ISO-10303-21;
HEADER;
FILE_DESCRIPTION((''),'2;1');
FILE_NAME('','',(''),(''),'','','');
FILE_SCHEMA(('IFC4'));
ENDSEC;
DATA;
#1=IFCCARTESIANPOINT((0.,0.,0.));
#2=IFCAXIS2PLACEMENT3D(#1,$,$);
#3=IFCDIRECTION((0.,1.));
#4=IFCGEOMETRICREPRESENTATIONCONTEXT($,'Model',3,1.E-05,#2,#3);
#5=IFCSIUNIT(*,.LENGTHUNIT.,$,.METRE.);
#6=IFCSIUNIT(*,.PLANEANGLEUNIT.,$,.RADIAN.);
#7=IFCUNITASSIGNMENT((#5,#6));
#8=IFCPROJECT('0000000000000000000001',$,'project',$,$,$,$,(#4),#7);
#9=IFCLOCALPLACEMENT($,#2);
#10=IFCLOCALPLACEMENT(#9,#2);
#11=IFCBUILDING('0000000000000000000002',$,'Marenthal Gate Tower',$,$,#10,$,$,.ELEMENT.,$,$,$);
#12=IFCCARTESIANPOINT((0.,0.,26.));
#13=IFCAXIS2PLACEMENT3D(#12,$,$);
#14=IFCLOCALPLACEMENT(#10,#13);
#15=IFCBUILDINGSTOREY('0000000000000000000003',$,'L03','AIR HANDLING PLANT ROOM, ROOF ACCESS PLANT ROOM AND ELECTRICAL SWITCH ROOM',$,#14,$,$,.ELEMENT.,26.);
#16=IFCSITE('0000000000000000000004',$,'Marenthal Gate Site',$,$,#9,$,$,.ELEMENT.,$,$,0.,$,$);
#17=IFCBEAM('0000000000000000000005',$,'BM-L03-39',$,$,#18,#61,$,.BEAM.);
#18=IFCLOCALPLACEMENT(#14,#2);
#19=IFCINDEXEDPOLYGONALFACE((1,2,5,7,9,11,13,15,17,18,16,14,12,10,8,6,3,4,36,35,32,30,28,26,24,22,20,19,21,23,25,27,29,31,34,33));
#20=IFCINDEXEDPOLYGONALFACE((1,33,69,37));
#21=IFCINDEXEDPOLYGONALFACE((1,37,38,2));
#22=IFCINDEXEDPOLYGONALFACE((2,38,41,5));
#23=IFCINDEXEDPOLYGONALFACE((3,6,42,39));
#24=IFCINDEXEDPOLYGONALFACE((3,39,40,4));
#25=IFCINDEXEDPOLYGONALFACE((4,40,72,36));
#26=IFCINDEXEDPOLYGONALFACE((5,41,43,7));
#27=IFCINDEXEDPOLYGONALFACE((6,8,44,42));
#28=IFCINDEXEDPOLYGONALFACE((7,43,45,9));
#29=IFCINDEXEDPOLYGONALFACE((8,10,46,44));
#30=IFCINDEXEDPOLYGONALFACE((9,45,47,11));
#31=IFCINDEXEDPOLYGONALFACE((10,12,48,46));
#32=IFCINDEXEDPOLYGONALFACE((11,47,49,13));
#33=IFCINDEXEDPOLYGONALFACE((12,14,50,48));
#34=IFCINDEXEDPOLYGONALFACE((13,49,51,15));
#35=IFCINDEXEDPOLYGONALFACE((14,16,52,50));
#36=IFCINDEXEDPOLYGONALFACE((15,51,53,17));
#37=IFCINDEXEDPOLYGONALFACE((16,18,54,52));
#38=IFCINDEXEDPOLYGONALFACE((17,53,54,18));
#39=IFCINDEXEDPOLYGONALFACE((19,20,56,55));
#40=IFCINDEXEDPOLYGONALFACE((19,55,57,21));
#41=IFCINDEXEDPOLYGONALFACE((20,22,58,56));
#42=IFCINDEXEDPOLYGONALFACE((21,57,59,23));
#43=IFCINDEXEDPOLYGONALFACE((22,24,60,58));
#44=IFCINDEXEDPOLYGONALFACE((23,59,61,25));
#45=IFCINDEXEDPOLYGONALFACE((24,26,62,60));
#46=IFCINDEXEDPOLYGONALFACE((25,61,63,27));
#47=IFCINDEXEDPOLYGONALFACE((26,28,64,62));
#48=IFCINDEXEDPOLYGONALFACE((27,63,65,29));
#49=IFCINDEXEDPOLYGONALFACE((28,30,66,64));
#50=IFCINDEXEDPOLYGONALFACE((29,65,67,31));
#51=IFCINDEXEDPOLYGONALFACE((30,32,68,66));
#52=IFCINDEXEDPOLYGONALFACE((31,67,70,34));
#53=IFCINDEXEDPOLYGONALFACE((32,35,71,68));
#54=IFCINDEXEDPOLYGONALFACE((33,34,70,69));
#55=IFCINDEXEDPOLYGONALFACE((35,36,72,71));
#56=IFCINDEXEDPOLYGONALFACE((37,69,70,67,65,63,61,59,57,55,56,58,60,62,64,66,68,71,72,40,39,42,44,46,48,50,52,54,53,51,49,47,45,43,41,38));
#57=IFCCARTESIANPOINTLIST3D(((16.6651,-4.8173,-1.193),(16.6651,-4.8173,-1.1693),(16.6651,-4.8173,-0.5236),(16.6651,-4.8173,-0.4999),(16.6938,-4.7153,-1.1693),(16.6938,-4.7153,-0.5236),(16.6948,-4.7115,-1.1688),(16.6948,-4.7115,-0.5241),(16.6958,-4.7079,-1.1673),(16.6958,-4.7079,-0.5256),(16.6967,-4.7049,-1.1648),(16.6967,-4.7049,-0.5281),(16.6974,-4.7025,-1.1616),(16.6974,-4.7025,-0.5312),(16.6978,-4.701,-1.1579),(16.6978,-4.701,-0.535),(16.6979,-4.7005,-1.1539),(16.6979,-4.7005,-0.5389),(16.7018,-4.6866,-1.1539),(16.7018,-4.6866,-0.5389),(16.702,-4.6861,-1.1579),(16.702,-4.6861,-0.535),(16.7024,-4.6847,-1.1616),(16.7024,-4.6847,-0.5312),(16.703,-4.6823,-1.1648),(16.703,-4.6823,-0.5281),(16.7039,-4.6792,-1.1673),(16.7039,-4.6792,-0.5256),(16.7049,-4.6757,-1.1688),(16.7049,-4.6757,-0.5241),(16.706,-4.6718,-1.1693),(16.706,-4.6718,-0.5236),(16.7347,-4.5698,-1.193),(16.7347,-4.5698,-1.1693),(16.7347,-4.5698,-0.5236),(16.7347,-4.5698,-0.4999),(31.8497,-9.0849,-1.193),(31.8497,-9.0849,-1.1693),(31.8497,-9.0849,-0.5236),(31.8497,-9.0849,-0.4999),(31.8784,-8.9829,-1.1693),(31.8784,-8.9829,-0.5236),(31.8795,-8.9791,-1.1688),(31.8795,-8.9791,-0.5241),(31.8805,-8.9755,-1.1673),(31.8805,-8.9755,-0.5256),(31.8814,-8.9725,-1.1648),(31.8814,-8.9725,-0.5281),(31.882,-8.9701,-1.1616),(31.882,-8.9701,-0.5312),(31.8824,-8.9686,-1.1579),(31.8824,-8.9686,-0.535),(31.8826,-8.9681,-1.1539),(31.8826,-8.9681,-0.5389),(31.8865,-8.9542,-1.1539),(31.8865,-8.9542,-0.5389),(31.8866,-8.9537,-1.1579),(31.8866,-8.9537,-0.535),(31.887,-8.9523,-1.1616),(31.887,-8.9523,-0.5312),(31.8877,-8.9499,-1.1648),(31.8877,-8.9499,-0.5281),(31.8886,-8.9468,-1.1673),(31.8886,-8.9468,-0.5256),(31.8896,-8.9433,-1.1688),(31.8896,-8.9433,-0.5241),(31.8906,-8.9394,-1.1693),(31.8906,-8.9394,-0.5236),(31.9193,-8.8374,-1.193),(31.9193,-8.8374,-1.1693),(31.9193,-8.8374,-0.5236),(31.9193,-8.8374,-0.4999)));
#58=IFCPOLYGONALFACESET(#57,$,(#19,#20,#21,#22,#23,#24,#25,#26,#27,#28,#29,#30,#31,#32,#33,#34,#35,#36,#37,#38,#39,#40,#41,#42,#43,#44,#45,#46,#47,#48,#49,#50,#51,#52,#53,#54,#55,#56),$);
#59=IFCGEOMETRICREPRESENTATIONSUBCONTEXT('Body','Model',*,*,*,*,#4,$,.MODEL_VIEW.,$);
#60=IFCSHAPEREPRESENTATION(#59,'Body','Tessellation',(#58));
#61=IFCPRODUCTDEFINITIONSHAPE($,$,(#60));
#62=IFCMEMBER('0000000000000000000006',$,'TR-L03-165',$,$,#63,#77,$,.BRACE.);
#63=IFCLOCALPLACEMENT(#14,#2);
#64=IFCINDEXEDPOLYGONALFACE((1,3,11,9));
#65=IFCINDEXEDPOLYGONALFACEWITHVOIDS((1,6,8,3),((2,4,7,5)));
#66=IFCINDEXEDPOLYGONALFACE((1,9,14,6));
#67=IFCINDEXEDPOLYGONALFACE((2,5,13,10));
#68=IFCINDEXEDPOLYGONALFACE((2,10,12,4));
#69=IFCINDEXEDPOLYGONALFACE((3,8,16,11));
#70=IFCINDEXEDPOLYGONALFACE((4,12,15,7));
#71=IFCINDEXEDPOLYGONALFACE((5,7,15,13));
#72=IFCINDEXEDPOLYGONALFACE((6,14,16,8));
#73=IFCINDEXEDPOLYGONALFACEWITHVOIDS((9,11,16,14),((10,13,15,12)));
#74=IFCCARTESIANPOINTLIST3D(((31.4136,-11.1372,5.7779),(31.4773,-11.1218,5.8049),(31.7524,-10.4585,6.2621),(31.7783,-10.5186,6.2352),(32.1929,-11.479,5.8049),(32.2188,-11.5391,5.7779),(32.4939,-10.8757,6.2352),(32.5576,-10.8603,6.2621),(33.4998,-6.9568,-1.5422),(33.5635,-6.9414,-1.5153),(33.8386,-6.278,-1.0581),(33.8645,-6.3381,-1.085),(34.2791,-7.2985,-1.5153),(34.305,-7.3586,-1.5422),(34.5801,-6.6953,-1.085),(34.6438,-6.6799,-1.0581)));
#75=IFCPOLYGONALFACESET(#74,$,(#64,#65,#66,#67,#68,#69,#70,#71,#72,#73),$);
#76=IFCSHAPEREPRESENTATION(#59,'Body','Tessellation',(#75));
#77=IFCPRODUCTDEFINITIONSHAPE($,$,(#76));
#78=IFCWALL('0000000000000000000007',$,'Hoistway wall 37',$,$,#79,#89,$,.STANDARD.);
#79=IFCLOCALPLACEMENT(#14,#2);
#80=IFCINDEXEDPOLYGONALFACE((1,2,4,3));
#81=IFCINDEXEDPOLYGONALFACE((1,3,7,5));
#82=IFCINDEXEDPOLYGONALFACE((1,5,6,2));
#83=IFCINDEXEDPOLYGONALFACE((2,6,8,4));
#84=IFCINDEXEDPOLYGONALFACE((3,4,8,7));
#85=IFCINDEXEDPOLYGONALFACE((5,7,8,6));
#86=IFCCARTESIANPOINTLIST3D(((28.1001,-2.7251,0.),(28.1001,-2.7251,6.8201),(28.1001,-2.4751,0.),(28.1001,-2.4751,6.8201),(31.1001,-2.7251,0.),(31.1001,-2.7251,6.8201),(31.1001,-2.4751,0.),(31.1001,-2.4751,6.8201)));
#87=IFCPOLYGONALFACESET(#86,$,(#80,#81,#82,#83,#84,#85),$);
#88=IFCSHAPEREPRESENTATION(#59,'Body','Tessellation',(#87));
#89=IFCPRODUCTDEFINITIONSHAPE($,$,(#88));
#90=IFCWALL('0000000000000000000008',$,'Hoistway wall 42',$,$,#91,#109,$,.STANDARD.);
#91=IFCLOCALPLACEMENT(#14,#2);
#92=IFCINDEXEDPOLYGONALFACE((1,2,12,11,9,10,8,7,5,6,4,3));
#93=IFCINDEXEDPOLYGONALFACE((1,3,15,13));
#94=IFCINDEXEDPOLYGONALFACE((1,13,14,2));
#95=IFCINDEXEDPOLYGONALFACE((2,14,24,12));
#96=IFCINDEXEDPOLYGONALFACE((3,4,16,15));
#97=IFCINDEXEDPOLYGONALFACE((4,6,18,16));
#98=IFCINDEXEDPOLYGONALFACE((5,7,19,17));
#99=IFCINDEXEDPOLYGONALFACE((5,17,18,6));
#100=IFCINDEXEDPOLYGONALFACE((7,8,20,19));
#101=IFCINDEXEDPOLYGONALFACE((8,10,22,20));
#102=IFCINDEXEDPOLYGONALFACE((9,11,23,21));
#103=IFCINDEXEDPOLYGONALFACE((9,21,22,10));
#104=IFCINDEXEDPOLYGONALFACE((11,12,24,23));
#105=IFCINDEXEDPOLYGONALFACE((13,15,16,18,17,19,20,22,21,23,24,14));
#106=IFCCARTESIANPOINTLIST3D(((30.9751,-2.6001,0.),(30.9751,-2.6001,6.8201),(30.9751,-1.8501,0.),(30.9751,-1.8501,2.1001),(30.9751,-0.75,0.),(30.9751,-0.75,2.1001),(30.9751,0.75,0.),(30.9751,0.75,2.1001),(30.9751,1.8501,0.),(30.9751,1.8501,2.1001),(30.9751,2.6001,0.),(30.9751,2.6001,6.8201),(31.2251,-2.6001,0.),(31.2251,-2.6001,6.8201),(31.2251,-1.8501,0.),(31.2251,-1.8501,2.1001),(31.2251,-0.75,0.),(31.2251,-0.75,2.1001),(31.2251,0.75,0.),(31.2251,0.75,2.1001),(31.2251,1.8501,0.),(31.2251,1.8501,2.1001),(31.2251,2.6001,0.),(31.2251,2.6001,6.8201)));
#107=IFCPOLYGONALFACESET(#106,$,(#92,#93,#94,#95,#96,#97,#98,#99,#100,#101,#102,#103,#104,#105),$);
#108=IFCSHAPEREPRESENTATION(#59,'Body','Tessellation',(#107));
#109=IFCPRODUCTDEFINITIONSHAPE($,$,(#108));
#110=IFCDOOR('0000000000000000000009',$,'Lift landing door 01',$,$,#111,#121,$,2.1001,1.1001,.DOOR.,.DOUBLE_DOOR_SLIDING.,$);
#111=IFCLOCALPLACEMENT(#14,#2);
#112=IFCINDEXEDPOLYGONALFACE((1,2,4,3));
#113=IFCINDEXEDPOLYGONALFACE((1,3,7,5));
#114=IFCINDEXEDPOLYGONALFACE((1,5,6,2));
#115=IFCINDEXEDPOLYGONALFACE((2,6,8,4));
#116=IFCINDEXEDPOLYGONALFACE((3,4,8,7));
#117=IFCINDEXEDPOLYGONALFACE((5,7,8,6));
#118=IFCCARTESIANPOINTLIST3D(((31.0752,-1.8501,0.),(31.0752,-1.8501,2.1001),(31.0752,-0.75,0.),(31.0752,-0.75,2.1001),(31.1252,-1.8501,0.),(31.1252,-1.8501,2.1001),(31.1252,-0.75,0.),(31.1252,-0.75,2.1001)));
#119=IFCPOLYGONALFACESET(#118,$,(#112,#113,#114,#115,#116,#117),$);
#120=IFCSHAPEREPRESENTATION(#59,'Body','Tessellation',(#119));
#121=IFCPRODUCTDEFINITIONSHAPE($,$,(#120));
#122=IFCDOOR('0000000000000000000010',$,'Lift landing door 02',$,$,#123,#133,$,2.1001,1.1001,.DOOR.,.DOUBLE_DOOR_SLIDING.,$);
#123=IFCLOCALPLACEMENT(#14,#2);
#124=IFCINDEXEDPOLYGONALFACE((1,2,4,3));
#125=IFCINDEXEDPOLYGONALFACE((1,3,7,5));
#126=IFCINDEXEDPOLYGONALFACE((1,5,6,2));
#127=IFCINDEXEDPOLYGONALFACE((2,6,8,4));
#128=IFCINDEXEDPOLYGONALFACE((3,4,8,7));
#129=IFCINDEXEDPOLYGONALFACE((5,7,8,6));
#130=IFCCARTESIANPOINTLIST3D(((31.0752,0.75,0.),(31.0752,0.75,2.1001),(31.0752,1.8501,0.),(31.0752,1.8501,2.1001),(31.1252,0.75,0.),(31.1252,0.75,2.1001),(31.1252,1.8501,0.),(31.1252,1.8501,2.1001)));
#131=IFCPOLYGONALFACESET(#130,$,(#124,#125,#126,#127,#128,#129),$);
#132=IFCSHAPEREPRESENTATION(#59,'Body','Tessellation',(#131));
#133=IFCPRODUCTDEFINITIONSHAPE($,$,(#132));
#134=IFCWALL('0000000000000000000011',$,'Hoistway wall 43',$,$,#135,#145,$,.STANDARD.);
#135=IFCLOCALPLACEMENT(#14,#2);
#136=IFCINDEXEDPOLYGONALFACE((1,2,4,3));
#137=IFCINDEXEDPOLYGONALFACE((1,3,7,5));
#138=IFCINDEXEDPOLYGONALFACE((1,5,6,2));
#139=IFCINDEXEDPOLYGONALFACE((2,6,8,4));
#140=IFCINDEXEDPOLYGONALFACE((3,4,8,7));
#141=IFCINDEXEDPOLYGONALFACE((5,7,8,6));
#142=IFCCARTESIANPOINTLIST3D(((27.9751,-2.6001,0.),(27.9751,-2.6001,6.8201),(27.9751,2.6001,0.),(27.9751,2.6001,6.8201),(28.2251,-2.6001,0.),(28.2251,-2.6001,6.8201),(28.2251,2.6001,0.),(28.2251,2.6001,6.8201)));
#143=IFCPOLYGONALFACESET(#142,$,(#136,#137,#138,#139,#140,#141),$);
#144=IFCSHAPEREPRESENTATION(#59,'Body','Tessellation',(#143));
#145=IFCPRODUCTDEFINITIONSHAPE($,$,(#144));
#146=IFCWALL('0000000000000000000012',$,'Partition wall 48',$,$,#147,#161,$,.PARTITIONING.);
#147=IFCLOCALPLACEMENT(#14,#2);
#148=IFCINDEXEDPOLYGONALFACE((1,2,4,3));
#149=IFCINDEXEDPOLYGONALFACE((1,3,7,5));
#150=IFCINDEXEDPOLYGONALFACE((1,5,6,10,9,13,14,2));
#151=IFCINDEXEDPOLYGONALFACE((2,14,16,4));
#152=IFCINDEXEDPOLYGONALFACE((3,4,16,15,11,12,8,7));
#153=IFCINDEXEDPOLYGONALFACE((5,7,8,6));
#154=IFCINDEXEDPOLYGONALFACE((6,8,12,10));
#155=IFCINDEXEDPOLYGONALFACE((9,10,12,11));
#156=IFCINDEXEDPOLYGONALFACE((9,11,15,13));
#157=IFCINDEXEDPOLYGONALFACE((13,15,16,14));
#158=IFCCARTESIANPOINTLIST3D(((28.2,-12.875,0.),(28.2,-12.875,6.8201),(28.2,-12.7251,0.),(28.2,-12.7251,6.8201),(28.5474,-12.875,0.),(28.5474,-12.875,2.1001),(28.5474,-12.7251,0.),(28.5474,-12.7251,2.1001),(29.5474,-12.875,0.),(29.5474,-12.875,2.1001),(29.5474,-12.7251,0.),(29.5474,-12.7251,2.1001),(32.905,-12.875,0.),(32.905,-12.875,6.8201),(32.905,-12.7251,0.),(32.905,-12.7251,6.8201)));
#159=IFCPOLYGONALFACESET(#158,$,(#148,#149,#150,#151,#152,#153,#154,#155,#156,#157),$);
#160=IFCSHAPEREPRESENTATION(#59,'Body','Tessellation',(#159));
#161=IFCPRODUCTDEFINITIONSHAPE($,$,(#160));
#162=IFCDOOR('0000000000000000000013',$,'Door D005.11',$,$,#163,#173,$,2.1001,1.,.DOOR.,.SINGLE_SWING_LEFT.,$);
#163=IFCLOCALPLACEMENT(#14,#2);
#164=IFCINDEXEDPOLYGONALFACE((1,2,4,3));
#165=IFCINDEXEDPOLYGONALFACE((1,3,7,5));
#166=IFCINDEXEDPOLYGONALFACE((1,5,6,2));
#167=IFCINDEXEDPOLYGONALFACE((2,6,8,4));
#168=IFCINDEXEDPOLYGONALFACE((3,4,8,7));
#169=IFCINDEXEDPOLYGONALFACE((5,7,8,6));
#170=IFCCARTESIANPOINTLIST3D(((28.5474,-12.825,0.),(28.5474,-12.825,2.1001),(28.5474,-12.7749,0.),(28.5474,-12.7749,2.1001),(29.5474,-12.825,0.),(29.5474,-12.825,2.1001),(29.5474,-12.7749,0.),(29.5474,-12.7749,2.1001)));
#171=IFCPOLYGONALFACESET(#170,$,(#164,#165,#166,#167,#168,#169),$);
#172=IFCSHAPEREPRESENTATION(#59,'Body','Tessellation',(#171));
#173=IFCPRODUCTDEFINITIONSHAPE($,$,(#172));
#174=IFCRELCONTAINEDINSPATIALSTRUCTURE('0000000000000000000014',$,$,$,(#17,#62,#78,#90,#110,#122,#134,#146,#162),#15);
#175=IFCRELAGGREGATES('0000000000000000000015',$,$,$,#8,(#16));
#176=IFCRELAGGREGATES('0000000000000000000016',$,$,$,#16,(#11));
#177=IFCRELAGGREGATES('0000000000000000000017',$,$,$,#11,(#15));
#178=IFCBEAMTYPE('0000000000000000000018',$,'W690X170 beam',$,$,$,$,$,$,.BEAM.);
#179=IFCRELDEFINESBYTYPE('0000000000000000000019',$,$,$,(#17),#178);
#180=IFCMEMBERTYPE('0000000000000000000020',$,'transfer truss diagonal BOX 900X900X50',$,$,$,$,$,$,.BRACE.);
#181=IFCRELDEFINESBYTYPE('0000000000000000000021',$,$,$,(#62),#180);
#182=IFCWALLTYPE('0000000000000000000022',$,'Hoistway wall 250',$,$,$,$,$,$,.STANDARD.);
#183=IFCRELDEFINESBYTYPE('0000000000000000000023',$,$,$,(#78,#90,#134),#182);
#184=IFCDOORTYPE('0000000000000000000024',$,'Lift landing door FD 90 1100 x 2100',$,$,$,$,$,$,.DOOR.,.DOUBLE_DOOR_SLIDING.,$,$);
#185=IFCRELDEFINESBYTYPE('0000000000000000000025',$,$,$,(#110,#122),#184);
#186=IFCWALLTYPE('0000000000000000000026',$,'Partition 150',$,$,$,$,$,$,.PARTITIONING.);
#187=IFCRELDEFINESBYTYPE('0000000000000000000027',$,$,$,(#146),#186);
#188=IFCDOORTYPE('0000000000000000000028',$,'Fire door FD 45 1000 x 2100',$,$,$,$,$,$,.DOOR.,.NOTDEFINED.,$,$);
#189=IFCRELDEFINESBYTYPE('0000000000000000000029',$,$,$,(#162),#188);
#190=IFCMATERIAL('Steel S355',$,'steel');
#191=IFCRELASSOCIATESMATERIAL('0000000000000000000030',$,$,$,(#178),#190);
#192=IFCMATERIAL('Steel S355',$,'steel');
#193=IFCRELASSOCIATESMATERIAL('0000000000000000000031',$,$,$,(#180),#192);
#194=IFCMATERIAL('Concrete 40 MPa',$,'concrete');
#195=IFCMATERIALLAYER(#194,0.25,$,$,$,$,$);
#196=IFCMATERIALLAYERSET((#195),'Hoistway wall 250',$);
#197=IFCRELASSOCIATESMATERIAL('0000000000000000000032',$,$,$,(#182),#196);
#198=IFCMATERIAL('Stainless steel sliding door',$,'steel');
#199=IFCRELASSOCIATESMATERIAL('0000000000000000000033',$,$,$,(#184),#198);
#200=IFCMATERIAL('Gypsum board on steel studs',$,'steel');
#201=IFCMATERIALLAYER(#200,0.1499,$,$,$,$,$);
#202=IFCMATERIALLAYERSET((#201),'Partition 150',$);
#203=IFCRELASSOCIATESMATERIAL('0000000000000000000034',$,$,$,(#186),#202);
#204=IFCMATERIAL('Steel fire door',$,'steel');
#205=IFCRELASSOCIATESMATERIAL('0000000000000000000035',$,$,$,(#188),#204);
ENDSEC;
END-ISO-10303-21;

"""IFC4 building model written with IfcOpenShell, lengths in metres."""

from ifc_helpers import new_model, si_unit, direction, frame, frame_2d, origin, origin_2d, place, context, subcontext, project, spatial, rectangle, hollow_rectangle, i_section, extrude, material, layer, layer_set, material_profile, profile_set, type_object, element, fill, save


model = new_model("IFC4")

# Units and contexts
model_context = context("Model", 3, precision=1e-05, world=origin(), true_north=direction((0.0, 1.0)))
body_context = subcontext(model_context, "Body", "Model", "MODEL_VIEW")
ifc_project = project(units=[si_unit("LENGTHUNIT", "METRE"), si_unit("PLANEANGLEUNIT", "RADIAN")], contexts=[model_context])

# Site, building, storey
site_placement = place(None, origin())
site = spatial("IfcSite", under=ifc_project, at=site_placement, Name="Marenthal Gate Site", CompositionType="ELEMENT", RefElevation=0.0)
building_placement = place(site_placement, origin())
building = spatial("IfcBuilding", under=site, at=building_placement, Name="Marenthal Gate Tower", CompositionType="ELEMENT")
storey_placement = place(building_placement, frame((0.0, 0.0, 26.0)))
storey = spatial("IfcBuildingStorey", under=building, at=storey_placement, Name="L03", Description="AIR HANDLING PLANT ROOM, ROOF ACCESS PLANT ROOM AND ELECTRICAL SWITCH ROOM", CompositionType="ELEMENT", Elevation=26.0)

# Beam
ifc_material_1 = material(Name="Steel S355", Category="steel")
ifc_material_profile_1 = material_profile(ifc_material_1, i_section(OverallWidth=0.2571, OverallDepth=0.6931, WebThickness=0.0144, FlangeThickness=0.0237, FilletRadius=0.0154, at=origin_2d()), Name="W690X170")
ifc_profile_set_1 = profile_set([ifc_material_profile_1], Name="Steel S355")
beam_type_1 = type_object("IfcBeamType", Name="W690X170 beam", PredefinedType="BEAM", material=ifc_profile_set_1)
beam_1_placement = place(storey_placement, frame((31.8845, -8.9612, -0.8464), z_axis=(-0.962702, 0.270564, 0.0), x_axis=(-0.270564, -0.962702, 0.0)))
element("IfcBeam", 1, at=beam_1_placement, inside=storey, type_object=beam_type_1, Name="BM-L03-39", PredefinedType="BEAM", context=body_context, shape_type="SweptSolid", body=[
    extrude(i_section(OverallWidth=0.2571, OverallDepth=0.6931, WebThickness=0.0144, FlangeThickness=0.0237, FilletRadius=0.0154, at=origin_2d()), origin(), (0.0, 0.0, 1.0), 15.7729),
])

# Member
ifc_material_2 = material(Name="Steel S355", Category="steel")
ifc_material_profile_2 = material_profile(ifc_material_2, hollow_rectangle(XDim=0.8999, YDim=0.8999, WallThickness=0.05, at=origin_2d()), Name="BOX 900X900X50")
ifc_profile_set_2 = profile_set([ifc_material_profile_2], Name="Steel S355")
member_type = type_object("IfcMemberType", Name="transfer truss diagonal BOX 900X900X50", PredefinedType="BRACE", material=ifc_profile_set_2)
member_placement = place(storey_placement, frame((31.9856, -10.9988, 6.02), z_axis=(0.240233, 0.481395, -0.84294), x_axis=(-0.894772, 0.446524, 0.0)))
element("IfcMember", 2, at=member_placement, inside=storey, type_object=member_type, Name="TR-L03-165", PredefinedType="BRACE", context=body_context, shape_type="SweptSolid", body=[
    extrude(hollow_rectangle(XDim=0.8999, YDim=0.8999, WallThickness=0.05, at=origin_2d()), origin(), (0.0, 0.0, 1.0), 8.6841),
])

# Wall
ifc_material_3 = material(Name="Concrete 40 MPa", Category="concrete")
ifc_layer_1 = layer(ifc_material_3, 0.25)
ifc_layer_set_1 = layer_set([ifc_layer_1], Name="Hoistway wall 250")
wall_type_1 = type_object("IfcWallType", Name="Hoistway wall 250", PredefinedType="STANDARD", material=ifc_layer_set_1)
wall_1_placement = place(storey_placement, frame((28.1001, -2.6001, 0.0), z_axis=(0.0, 0.0, 1.0), x_axis=(1.0, 0.0, 0.0)))
element("IfcWall", 3, at=wall_1_placement, inside=storey, type_object=wall_type_1, Name="Hoistway wall 37", PredefinedType="STANDARD", context=body_context, shape_type="SweptSolid", body=[
    extrude(rectangle(XDim=3.0, YDim=0.25, at=frame_2d((1.5, 0.0))), origin(), (0.0, 0.0, 1.0), 6.8201),
])

# Wall, openings, doors
wall_2_placement = place(storey_placement, frame((31.1001, -2.6001, 0.0), z_axis=(0.0, 0.0, 1.0), x_axis=(0.0, 1.0, 0.0)))
wall_2 = element("IfcWall", 4, at=wall_2_placement, inside=storey, type_object=wall_type_1, Name="Hoistway wall 42", PredefinedType="STANDARD", context=body_context, shape_type="SweptSolid", body=[
    extrude(rectangle(XDim=5.2002, YDim=0.25, at=frame_2d((2.6001, 0.0))), origin(), (0.0, 0.0, 1.0), 6.8201),
])
opening_1_placement = place(wall_2_placement, frame((0.75, 0.0, 0.0)))
opening_1 = element("IfcOpeningElement", 5, at=opening_1_placement, cuts=wall_2, PredefinedType="OPENING", context=body_context, shape_type="SweptSolid", body=[
    extrude(rectangle(XDim=1.1001, YDim=2.1001, at=frame_2d((0.55, 1.05))), frame((0.0, 0.135, 0.0), z_axis=(0.0, -1.0, 0.0), x_axis=(1.0, 0.0, 0.0)), (0.0, 0.0, 1.0), 0.27),
])
opening_2_placement = place(wall_2_placement, frame((3.3501, 0.0, 0.0)))
opening_2 = element("IfcOpeningElement", 6, at=opening_2_placement, cuts=wall_2, PredefinedType="OPENING", context=body_context, shape_type="SweptSolid", body=[
    extrude(rectangle(XDim=1.1001, YDim=2.1001, at=frame_2d((0.55, 1.05))), frame((0.0, 0.135, 0.0), z_axis=(0.0, -1.0, 0.0), x_axis=(1.0, 0.0, 0.0)), (0.0, 0.0, 1.0), 0.27),
])
ifc_material_4 = material(Name="Stainless steel sliding door", Category="steel")
door_type_1 = type_object("IfcDoorType", Name="Lift landing door FD 90 1100 x 2100", OperationType="DOUBLE_DOOR_SLIDING", PredefinedType="DOOR", material=ifc_material_4)
door_1_placement = place(opening_1_placement, origin())
door_1 = element("IfcDoor", 7, at=door_1_placement, inside=storey, type_object=door_type_1, Name="Lift landing door 01", OperationType="DOUBLE_DOOR_SLIDING", OverallHeight=2.1001, OverallWidth=1.1001, PredefinedType="DOOR", context=body_context, shape_type="SweptSolid", body=[
    extrude(rectangle(XDim=1.1001, YDim=2.1001, at=frame_2d((0.55, 1.05))), frame((0.0, 0.0249, 0.0), z_axis=(0.0, -1.0, 0.0), x_axis=(1.0, 0.0, 0.0)), (0.0, 0.0, 1.0), 0.05),
])
fill(opening_1, door_1)
door_2_placement = place(opening_2_placement, origin())
door_2 = element("IfcDoor", 8, at=door_2_placement, inside=storey, type_object=door_type_1, Name="Lift landing door 02", OperationType="DOUBLE_DOOR_SLIDING", OverallHeight=2.1001, OverallWidth=1.1001, PredefinedType="DOOR", context=body_context, shape_type="SweptSolid", body=[
    extrude(rectangle(XDim=1.1001, YDim=2.1001, at=frame_2d((0.55, 1.05))), frame((0.0, 0.0249, 0.0), z_axis=(0.0, -1.0, 0.0), x_axis=(1.0, 0.0, 0.0)), (0.0, 0.0, 1.0), 0.05),
])
fill(opening_2, door_2)

# Wall
wall_3_placement = place(storey_placement, frame((28.1001, -2.6001, 0.0), z_axis=(0.0, 0.0, 1.0), x_axis=(0.0, 1.0, 0.0)))
element("IfcWall", 9, at=wall_3_placement, inside=storey, type_object=wall_type_1, Name="Hoistway wall 43", PredefinedType="STANDARD", context=body_context, shape_type="SweptSolid", body=[
    extrude(rectangle(XDim=5.2002, YDim=0.25, at=frame_2d((2.6001, 0.0))), origin(), (0.0, 0.0, 1.0), 6.8201),
])

# Wall, opening, door
ifc_material_5 = material(Name="Gypsum board on steel studs", Category="steel")
ifc_layer_2 = layer(ifc_material_5, 0.1499)
ifc_layer_set_2 = layer_set([ifc_layer_2], Name="Partition 150")
wall_type_2 = type_object("IfcWallType", Name="Partition 150", PredefinedType="PARTITIONING", material=ifc_layer_set_2)
wall_4_placement = place(storey_placement, frame((28.2, -12.8, 0.0), z_axis=(0.0, 0.0, 1.0), x_axis=(1.0, 0.0, 0.0)))
wall_4 = element("IfcWall", 10, at=wall_4_placement, inside=storey, type_object=wall_type_2, Name="Partition wall 48", PredefinedType="PARTITIONING", context=body_context, shape_type="SweptSolid", body=[
    extrude(rectangle(XDim=4.7051, YDim=0.1499, at=frame_2d((2.3525, 0.0))), origin(), (0.0, 0.0, 1.0), 6.8201),
])
opening_3_placement = place(wall_4_placement, frame((0.3474, 0.0, 0.0)))
opening_3 = element("IfcOpeningElement", 11, at=opening_3_placement, cuts=wall_4, PredefinedType="OPENING", context=body_context, shape_type="SweptSolid", body=[
    extrude(rectangle(XDim=1.0, YDim=2.1001, at=frame_2d((0.5, 1.05))), frame((0.0, 0.085, 0.0), z_axis=(0.0, -1.0, 0.0), x_axis=(1.0, 0.0, 0.0)), (0.0, 0.0, 1.0), 0.1699),
])
ifc_material_6 = material(Name="Steel fire door", Category="steel")
door_type_2 = type_object("IfcDoorType", Name="Fire door FD 45 1000 x 2100", OperationType="NOTDEFINED", PredefinedType="DOOR", material=ifc_material_6)
door_3_placement = place(opening_3_placement, frame((1.0, 0.0, 0.0), z_axis=(0.0, 0.0, 1.0), x_axis=(-1.0, 0.0, 0.0)))
door_3 = element("IfcDoor", 12, at=door_3_placement, inside=storey, type_object=door_type_2, Name="Door D005.11", OperationType="SINGLE_SWING_LEFT", OverallHeight=2.1001, OverallWidth=1.0, PredefinedType="DOOR", context=body_context, shape_type="SweptSolid", body=[
    extrude(rectangle(XDim=1.0, YDim=2.1001, at=frame_2d((0.5, 1.05))), frame((0.0, 0.0249, 0.0), z_axis=(0.0, -1.0, 0.0), x_axis=(1.0, 0.0, 0.0)), (0.0, 0.0, 1.0), 0.05),
])
fill(opening_3, door_3)

save(model, "model.ifc")
